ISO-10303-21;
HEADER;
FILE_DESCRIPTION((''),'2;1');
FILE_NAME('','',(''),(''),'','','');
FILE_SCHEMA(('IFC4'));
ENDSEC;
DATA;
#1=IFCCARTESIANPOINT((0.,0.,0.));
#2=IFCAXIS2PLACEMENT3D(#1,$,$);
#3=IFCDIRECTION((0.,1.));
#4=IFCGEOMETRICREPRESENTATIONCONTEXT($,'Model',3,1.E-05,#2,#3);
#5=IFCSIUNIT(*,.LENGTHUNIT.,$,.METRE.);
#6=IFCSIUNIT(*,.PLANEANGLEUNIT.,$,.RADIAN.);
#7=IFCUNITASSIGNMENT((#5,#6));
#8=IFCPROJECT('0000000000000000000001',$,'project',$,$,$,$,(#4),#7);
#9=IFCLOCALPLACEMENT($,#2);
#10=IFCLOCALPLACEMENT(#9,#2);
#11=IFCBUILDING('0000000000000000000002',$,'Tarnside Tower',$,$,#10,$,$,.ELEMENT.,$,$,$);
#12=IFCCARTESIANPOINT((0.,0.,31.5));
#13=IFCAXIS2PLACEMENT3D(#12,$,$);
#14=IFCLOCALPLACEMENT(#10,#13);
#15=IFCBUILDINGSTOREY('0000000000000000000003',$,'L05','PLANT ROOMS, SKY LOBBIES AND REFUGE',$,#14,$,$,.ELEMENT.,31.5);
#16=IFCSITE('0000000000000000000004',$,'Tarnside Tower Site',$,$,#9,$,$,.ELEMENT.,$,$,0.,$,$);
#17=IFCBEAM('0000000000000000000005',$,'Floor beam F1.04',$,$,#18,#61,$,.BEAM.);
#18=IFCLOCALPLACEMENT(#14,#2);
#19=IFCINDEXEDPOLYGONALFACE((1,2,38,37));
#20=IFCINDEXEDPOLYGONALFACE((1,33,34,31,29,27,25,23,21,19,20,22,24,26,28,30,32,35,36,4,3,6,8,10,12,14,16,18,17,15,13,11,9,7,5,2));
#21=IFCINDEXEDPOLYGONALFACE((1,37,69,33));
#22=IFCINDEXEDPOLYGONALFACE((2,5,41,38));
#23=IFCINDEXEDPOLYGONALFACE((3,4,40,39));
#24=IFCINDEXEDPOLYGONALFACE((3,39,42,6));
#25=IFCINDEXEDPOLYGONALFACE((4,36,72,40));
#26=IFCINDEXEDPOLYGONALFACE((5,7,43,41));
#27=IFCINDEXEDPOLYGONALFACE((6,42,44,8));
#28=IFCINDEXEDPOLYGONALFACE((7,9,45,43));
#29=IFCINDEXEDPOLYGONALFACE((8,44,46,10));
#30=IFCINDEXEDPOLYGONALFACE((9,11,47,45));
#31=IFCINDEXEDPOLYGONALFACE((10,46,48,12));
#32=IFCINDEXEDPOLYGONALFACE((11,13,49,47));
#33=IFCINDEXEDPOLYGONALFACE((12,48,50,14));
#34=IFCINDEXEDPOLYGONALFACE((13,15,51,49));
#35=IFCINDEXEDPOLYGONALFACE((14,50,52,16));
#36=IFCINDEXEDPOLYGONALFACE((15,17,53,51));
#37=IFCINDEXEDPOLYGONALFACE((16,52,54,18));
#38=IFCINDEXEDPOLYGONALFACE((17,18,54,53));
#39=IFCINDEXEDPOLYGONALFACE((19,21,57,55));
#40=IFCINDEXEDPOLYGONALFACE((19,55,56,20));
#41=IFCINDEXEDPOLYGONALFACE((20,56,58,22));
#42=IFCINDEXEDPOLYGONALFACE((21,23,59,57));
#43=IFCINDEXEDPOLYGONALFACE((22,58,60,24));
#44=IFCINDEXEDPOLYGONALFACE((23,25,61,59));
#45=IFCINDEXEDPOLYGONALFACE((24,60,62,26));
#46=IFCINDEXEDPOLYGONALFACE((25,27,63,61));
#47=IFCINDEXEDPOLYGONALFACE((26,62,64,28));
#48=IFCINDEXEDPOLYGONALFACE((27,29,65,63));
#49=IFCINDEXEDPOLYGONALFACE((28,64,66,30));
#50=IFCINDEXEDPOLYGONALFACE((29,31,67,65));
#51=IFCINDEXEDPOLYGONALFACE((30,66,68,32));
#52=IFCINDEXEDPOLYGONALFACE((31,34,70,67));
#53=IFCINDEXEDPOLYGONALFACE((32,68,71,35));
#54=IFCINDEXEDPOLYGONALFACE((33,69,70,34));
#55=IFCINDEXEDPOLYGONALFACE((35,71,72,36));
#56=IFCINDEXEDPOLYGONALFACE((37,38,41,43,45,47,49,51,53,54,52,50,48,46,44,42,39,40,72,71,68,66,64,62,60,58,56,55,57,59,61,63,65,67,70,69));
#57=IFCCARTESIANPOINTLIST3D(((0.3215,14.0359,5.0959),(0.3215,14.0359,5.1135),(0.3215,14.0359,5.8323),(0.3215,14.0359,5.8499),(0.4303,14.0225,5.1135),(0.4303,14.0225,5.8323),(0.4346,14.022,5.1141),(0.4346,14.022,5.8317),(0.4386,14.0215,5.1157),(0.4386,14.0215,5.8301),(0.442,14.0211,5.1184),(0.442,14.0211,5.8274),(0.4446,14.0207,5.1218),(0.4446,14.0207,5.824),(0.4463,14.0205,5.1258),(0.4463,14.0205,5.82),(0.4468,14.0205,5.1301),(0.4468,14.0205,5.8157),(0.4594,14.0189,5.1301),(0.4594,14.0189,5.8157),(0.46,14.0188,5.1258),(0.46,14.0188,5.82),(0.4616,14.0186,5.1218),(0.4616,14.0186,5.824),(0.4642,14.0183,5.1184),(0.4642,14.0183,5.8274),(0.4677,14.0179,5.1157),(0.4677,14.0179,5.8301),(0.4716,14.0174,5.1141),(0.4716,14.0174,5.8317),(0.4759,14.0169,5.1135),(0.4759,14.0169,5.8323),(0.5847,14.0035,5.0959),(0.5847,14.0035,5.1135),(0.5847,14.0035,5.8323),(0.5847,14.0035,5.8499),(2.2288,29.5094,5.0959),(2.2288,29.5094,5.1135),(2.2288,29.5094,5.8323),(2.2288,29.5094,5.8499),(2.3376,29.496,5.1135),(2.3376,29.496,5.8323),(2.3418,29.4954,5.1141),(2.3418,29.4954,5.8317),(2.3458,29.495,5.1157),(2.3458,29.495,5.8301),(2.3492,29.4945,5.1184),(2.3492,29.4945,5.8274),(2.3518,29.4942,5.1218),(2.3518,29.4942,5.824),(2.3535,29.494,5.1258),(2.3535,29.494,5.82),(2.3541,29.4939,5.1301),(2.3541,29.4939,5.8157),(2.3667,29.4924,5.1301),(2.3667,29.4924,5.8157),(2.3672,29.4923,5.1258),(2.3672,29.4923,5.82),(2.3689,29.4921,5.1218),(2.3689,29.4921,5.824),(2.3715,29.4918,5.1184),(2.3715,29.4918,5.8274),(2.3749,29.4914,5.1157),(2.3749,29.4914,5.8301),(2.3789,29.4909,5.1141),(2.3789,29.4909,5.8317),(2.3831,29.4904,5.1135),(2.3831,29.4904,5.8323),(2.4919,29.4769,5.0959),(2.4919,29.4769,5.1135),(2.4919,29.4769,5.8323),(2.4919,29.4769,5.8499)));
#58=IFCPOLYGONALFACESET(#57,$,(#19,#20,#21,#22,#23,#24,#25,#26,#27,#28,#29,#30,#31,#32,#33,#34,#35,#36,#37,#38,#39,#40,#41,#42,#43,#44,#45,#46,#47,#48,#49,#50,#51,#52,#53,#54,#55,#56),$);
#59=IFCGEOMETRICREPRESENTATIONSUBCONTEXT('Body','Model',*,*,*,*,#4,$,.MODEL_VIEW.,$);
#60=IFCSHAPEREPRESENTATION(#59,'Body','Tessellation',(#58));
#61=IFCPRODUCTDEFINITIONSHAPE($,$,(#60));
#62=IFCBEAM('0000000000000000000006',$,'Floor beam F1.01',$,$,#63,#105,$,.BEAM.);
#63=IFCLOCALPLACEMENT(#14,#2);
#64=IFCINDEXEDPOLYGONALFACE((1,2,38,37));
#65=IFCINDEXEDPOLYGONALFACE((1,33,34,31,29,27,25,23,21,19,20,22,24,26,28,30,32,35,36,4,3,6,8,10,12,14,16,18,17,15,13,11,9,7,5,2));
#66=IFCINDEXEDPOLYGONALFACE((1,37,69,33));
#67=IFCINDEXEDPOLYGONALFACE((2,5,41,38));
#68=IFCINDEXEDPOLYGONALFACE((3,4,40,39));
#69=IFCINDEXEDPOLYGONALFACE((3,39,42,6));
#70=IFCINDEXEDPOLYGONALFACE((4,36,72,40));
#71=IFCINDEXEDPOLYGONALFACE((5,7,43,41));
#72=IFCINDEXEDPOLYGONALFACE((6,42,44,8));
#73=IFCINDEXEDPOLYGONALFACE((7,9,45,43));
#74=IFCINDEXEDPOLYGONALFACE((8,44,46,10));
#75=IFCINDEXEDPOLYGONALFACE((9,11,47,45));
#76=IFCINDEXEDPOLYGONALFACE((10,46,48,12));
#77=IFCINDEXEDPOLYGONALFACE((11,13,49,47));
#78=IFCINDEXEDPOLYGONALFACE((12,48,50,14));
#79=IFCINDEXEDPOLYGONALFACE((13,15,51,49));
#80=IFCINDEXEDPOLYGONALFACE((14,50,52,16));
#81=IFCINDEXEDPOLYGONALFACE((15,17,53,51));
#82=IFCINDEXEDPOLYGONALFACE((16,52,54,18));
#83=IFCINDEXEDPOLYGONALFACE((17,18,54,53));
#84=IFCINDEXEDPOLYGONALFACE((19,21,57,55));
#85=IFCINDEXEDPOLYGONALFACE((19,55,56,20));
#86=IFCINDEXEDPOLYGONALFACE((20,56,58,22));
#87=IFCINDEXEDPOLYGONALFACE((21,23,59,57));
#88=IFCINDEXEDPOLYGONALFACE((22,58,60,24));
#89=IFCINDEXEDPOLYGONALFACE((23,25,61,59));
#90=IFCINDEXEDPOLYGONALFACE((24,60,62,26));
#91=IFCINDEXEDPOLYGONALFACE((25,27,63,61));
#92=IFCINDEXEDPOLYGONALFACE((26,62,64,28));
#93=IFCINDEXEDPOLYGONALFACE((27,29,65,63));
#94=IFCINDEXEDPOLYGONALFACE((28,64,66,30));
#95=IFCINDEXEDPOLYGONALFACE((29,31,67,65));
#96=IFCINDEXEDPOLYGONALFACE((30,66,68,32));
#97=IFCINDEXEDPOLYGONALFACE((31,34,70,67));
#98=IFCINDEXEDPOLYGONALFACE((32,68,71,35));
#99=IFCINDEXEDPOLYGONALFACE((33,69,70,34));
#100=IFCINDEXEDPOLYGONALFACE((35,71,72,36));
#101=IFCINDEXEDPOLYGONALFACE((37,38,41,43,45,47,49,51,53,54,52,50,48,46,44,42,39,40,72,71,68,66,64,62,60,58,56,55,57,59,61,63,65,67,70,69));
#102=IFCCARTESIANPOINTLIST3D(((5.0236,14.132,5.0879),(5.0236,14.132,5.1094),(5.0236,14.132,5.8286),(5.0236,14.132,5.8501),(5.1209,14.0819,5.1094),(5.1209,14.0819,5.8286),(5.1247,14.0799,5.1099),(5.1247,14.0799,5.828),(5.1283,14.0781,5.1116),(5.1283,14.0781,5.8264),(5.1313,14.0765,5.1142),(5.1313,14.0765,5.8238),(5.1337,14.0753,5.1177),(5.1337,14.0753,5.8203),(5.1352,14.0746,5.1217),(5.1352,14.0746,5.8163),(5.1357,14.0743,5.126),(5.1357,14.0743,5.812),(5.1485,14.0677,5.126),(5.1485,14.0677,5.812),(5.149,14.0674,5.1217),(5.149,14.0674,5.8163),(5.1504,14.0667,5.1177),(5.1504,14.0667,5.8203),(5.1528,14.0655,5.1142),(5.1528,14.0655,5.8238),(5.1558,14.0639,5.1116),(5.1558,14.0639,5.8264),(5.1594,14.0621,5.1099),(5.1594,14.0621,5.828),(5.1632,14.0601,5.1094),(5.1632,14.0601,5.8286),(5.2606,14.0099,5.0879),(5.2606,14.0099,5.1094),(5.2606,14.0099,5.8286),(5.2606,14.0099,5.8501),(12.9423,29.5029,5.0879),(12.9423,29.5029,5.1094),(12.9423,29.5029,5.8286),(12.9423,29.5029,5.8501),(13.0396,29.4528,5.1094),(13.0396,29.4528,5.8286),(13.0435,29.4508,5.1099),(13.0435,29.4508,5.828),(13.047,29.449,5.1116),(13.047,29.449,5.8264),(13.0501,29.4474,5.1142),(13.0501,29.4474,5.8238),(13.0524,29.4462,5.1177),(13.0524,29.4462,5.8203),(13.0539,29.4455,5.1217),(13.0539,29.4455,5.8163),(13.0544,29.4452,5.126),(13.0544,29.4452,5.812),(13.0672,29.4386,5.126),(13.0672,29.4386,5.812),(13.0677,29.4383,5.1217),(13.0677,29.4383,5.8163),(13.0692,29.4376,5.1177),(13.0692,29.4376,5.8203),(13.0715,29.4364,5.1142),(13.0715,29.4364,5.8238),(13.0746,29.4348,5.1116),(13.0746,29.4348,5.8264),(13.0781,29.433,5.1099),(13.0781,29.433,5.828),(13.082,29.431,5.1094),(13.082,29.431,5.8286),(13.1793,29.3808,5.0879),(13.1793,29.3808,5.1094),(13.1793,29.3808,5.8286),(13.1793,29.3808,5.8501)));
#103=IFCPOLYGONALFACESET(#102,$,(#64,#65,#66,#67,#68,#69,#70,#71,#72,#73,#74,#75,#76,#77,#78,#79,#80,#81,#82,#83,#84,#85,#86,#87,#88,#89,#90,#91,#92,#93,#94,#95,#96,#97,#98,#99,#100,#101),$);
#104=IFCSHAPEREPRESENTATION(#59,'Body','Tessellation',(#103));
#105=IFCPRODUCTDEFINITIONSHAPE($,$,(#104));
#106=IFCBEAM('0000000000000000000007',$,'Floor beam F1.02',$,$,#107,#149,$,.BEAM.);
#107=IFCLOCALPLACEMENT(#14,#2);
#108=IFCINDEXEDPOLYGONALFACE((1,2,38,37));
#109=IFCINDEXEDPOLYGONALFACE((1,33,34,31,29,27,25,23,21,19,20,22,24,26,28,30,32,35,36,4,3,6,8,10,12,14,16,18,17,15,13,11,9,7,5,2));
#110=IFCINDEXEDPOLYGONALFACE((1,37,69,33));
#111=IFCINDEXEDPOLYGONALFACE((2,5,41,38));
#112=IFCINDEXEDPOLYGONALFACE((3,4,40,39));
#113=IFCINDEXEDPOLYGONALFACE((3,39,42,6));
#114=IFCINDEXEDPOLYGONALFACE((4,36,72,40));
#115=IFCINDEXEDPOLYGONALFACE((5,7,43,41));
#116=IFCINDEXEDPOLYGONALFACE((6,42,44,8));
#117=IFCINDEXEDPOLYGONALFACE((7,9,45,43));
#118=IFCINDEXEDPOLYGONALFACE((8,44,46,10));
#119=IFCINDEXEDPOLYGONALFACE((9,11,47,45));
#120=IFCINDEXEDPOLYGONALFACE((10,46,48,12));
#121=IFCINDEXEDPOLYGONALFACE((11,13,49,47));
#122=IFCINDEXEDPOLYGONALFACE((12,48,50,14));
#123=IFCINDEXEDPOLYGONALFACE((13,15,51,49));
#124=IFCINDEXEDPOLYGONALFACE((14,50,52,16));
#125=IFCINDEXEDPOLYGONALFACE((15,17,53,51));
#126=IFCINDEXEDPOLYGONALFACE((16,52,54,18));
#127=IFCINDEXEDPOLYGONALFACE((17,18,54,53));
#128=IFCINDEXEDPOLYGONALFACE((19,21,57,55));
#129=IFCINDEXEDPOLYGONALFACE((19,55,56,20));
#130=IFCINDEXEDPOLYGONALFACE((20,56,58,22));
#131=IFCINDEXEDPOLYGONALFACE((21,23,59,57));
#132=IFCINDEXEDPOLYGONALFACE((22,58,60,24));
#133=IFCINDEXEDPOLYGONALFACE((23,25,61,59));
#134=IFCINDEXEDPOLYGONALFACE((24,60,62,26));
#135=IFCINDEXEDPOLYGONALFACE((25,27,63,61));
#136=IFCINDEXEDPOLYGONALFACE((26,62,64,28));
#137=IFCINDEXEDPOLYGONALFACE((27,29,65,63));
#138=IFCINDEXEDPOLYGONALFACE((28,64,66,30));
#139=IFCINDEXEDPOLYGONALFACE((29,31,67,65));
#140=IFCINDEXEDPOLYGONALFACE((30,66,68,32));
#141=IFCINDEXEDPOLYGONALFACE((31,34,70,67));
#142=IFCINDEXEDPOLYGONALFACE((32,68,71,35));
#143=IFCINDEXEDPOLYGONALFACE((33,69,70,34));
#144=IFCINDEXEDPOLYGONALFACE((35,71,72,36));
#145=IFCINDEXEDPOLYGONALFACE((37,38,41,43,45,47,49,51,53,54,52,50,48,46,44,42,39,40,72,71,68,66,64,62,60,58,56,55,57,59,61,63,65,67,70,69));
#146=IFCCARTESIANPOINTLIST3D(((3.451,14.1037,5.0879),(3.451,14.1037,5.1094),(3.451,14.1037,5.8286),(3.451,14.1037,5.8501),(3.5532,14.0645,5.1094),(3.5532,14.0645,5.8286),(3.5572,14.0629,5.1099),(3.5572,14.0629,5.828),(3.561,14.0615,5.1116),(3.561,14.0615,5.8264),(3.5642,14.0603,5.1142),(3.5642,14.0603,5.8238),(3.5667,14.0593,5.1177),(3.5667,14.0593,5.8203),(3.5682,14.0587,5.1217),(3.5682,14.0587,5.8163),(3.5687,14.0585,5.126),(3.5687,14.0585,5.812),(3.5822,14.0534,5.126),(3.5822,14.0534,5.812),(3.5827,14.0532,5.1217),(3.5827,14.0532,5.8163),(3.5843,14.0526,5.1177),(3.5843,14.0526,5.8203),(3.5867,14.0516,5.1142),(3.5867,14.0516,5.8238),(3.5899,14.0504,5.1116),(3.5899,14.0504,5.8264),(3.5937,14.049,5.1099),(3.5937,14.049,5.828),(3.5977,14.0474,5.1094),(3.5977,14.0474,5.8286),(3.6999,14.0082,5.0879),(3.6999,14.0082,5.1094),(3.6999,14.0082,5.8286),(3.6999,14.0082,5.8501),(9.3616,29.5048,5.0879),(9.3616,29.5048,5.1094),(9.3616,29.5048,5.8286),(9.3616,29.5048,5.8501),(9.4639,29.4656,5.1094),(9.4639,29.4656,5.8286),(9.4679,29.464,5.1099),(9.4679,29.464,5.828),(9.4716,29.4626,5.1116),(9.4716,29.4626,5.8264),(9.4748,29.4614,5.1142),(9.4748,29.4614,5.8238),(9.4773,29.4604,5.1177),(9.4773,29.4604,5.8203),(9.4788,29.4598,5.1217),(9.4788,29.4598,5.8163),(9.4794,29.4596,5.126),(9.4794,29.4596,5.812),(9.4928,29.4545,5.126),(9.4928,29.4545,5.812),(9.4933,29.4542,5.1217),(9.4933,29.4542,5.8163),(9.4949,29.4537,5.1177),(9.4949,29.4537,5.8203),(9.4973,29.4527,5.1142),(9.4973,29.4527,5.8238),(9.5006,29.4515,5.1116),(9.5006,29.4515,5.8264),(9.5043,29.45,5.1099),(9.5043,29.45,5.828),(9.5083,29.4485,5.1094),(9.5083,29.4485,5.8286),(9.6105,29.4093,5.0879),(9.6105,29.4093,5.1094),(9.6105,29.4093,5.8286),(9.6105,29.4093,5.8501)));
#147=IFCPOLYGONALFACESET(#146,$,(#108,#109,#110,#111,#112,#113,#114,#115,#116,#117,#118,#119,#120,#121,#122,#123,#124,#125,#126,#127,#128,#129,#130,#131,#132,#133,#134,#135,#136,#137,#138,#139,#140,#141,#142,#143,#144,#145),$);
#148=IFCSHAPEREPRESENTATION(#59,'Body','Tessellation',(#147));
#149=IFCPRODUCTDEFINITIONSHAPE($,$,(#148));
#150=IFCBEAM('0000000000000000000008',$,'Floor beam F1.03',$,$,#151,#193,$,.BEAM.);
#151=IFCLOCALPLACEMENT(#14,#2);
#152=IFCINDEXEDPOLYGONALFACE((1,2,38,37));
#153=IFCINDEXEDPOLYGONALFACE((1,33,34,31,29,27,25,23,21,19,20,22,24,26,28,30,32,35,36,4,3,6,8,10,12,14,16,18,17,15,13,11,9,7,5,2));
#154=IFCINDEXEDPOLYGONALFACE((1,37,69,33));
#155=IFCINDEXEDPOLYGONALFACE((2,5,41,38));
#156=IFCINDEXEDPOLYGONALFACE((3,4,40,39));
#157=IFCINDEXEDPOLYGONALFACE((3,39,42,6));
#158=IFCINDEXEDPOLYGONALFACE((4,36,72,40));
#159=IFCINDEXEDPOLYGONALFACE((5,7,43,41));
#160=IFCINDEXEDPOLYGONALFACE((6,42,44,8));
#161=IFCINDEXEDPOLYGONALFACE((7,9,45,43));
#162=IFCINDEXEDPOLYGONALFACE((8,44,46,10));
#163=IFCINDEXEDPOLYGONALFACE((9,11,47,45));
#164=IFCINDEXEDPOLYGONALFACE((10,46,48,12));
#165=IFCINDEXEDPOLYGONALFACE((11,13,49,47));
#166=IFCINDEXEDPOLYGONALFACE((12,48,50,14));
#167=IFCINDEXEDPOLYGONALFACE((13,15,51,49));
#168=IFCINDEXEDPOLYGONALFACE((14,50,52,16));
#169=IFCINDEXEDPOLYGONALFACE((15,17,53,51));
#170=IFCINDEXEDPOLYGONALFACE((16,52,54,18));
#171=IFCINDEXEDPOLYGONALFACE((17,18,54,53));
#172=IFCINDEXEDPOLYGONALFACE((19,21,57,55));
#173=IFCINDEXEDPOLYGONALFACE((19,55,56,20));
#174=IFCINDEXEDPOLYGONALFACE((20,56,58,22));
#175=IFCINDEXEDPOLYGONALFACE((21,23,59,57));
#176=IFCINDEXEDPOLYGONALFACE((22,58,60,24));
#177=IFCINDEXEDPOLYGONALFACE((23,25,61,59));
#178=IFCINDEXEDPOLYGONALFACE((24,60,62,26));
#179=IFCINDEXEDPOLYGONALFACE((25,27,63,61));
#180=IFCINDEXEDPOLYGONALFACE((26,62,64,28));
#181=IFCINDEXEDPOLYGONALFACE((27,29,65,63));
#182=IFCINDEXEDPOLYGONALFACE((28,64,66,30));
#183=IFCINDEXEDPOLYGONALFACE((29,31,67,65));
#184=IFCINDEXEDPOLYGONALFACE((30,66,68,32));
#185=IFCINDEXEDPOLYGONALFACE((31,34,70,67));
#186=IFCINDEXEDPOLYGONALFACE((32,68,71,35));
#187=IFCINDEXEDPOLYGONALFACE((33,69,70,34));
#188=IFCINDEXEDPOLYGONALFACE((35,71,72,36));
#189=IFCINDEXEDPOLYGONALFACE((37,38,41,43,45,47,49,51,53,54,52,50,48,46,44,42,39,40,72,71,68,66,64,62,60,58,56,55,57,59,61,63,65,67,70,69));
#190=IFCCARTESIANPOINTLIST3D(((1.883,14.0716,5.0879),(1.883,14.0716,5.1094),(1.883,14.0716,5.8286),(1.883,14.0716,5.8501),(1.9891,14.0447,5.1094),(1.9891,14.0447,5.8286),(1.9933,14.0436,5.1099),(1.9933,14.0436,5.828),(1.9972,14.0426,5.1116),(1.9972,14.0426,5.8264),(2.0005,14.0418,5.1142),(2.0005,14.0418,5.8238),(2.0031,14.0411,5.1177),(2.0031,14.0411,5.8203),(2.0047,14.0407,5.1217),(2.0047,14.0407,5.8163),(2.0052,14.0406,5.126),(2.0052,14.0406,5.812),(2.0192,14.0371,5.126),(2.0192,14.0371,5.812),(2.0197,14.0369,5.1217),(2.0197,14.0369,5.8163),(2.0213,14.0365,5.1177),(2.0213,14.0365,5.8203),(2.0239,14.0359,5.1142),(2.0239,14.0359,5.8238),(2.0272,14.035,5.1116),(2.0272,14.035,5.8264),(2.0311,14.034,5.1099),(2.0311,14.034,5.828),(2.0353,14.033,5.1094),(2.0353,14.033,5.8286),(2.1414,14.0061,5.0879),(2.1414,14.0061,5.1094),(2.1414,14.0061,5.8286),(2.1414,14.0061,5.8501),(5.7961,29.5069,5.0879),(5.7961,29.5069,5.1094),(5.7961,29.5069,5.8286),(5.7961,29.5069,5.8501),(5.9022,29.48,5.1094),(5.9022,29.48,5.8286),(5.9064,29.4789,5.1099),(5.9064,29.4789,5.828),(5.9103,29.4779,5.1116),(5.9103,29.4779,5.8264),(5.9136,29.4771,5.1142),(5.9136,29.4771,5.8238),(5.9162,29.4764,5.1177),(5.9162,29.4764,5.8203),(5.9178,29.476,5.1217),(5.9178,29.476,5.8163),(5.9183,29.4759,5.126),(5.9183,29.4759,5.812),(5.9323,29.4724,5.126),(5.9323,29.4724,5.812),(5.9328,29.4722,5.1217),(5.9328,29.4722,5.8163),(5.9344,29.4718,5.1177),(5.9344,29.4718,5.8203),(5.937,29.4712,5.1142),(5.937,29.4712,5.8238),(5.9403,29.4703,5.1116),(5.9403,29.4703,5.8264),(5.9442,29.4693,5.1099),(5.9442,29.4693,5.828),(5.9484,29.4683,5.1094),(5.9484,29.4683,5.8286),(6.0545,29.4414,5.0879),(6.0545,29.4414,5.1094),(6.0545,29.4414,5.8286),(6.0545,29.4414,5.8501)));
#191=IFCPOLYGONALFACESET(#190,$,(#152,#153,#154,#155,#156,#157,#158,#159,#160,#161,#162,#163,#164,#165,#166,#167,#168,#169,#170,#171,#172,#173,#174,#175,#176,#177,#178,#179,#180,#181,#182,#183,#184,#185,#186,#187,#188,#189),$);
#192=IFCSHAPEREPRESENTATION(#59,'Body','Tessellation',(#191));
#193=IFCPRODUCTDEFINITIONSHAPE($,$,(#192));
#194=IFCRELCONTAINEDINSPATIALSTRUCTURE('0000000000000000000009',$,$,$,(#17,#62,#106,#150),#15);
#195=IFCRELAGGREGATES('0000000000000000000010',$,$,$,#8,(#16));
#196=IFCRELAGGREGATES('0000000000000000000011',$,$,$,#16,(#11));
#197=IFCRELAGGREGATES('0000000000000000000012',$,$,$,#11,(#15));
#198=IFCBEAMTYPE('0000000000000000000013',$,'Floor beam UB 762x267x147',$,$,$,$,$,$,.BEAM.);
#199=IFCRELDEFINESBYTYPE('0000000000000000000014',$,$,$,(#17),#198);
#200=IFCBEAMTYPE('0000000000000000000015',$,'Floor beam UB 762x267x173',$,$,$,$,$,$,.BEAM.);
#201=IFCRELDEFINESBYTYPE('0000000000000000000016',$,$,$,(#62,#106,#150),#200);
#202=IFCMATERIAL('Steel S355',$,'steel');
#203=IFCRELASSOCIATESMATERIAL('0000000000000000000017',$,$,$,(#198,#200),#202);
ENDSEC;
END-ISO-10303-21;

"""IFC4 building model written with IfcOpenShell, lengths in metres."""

from ifc_helpers import new_model, si_unit, direction, frame, origin, origin_2d, place, context, subcontext, project, spatial, i_section, extrude, material, material_profile, profile_set, type_object, element, save


model = new_model("IFC4")

# Units and contexts
model_context = context("Model", 3, precision=1e-05, world=origin(), true_north=direction((0.0, 1.0)))
body_context = subcontext(model_context, "Body", "Model", "MODEL_VIEW")
ifc_project = project(units=[si_unit("LENGTHUNIT", "METRE"), si_unit("PLANEANGLEUNIT", "RADIAN")], contexts=[model_context])

# Site, building, storey
site_placement = place(None, origin())
site = spatial("IfcSite", under=ifc_project, at=site_placement, Name="Tarnside Tower Site", CompositionType="ELEMENT", RefElevation=0.0)
building_placement = place(site_placement, origin())
building = spatial("IfcBuilding", under=site, at=building_placement, Name="Tarnside Tower", CompositionType="ELEMENT")
storey_placement = place(building_placement, frame((0.0, 0.0, 31.5)))
storey = spatial("IfcBuildingStorey", under=building, at=storey_placement, Name="L05", Description="PLANT ROOMS, SKY LOBBIES AND REFUGE", CompositionType="ELEMENT", Elevation=31.5)

# Beams
ifc_material_1 = material(Name="Steel S355", Category="steel")
ifc_material_profile_1 = material_profile(ifc_material_1, i_section(OverallWidth=0.2651, OverallDepth=0.7539, WebThickness=0.0127, FlangeThickness=0.0176, FilletRadius=0.0166, at=origin_2d()), Name="UB 762x267x147")
ifc_profile_set_1 = profile_set([ifc_material_profile_1], Name="Steel S355")
beam_type_1 = type_object("IfcBeamType", Name="Floor beam UB 762x267x147", PredefinedType="BEAM", material=ifc_profile_set_1)
beam_1_placement = place(storey_placement, frame((2.3604, 29.4932, 5.4729), z_axis=(-0.122333, -0.992489, 0.0), x_axis=(0.992489, -0.122333, 0.0)))
element("IfcBeam", 1, at=beam_1_placement, inside=storey, type_object=beam_type_1, Name="Floor beam F1.04", PredefinedType="BEAM", context=body_context, shape_type="SweptSolid", body=[
    extrude(i_section(OverallWidth=0.2651, OverallDepth=0.7539, WebThickness=0.0127, FlangeThickness=0.0176, FilletRadius=0.0166, at=origin_2d()), origin(), (0.0, 0.0, 1.0), 15.5906),
])
ifc_material_profile_2 = material_profile(ifc_material_1, i_section(OverallWidth=0.2666, OverallDepth=0.7622, WebThickness=0.0144, FlangeThickness=0.0215, FilletRadius=0.0166, at=origin_2d()), Name="UB 762x267x173")
ifc_profile_set_2 = profile_set([ifc_material_profile_2], Name="Steel S355")
beam_type_2 = type_object("IfcBeamType", Name="Floor beam UB 762x267x173", PredefinedType="BEAM", material=ifc_profile_set_2)
beam_2_placement = place(storey_placement, frame((13.0608, 29.4419, 5.469), z_axis=(-0.457974, -0.888965, 0.0), x_axis=(0.888965, -0.457974, 0.0)))
element("IfcBeam", 2, at=beam_2_placement, inside=storey, type_object=beam_type_2, Name="Floor beam F1.01", PredefinedType="BEAM", context=body_context, shape_type="SweptSolid", body=[
    extrude(i_section(OverallWidth=0.2666, OverallDepth=0.7622, WebThickness=0.0144, FlangeThickness=0.0215, FilletRadius=0.0166, at=origin_2d()), origin(), (0.0, 0.0, 1.0), 17.2908),
])
beam_3_placement = place(storey_placement, frame((9.4861, 29.457, 5.469), z_axis=(-0.3583, -0.933607, 0.0), x_axis=(0.933607, -0.3583, 0.0)))
element("IfcBeam", 3, at=beam_3_placement, inside=storey, type_object=beam_type_2, Name="Floor beam F1.02", PredefinedType="BEAM", context=body_context, shape_type="SweptSolid", body=[
    extrude(i_section(OverallWidth=0.2666, OverallDepth=0.7622, WebThickness=0.0144, FlangeThickness=0.0215, FilletRadius=0.0166, at=origin_2d()), origin(), (0.0, 0.0, 1.0), 16.4963),
])
beam_4_placement = place(storey_placement, frame((5.9253, 29.4741, 5.469), z_axis=(-0.245741, -0.969335, 0.0), x_axis=(0.969335, -0.245741, 0.0)))
element("IfcBeam", 4, at=beam_4_placement, inside=storey, type_object=beam_type_2, Name="Floor beam F1.03", PredefinedType="BEAM", context=body_context, shape_type="SweptSolid", body=[
    extrude(i_section(OverallWidth=0.2666, OverallDepth=0.7622, WebThickness=0.0144, FlangeThickness=0.0215, FilletRadius=0.0166, at=origin_2d()), origin(), (0.0, 0.0, 1.0), 15.9236),
])

save(model, "model.ifc")
